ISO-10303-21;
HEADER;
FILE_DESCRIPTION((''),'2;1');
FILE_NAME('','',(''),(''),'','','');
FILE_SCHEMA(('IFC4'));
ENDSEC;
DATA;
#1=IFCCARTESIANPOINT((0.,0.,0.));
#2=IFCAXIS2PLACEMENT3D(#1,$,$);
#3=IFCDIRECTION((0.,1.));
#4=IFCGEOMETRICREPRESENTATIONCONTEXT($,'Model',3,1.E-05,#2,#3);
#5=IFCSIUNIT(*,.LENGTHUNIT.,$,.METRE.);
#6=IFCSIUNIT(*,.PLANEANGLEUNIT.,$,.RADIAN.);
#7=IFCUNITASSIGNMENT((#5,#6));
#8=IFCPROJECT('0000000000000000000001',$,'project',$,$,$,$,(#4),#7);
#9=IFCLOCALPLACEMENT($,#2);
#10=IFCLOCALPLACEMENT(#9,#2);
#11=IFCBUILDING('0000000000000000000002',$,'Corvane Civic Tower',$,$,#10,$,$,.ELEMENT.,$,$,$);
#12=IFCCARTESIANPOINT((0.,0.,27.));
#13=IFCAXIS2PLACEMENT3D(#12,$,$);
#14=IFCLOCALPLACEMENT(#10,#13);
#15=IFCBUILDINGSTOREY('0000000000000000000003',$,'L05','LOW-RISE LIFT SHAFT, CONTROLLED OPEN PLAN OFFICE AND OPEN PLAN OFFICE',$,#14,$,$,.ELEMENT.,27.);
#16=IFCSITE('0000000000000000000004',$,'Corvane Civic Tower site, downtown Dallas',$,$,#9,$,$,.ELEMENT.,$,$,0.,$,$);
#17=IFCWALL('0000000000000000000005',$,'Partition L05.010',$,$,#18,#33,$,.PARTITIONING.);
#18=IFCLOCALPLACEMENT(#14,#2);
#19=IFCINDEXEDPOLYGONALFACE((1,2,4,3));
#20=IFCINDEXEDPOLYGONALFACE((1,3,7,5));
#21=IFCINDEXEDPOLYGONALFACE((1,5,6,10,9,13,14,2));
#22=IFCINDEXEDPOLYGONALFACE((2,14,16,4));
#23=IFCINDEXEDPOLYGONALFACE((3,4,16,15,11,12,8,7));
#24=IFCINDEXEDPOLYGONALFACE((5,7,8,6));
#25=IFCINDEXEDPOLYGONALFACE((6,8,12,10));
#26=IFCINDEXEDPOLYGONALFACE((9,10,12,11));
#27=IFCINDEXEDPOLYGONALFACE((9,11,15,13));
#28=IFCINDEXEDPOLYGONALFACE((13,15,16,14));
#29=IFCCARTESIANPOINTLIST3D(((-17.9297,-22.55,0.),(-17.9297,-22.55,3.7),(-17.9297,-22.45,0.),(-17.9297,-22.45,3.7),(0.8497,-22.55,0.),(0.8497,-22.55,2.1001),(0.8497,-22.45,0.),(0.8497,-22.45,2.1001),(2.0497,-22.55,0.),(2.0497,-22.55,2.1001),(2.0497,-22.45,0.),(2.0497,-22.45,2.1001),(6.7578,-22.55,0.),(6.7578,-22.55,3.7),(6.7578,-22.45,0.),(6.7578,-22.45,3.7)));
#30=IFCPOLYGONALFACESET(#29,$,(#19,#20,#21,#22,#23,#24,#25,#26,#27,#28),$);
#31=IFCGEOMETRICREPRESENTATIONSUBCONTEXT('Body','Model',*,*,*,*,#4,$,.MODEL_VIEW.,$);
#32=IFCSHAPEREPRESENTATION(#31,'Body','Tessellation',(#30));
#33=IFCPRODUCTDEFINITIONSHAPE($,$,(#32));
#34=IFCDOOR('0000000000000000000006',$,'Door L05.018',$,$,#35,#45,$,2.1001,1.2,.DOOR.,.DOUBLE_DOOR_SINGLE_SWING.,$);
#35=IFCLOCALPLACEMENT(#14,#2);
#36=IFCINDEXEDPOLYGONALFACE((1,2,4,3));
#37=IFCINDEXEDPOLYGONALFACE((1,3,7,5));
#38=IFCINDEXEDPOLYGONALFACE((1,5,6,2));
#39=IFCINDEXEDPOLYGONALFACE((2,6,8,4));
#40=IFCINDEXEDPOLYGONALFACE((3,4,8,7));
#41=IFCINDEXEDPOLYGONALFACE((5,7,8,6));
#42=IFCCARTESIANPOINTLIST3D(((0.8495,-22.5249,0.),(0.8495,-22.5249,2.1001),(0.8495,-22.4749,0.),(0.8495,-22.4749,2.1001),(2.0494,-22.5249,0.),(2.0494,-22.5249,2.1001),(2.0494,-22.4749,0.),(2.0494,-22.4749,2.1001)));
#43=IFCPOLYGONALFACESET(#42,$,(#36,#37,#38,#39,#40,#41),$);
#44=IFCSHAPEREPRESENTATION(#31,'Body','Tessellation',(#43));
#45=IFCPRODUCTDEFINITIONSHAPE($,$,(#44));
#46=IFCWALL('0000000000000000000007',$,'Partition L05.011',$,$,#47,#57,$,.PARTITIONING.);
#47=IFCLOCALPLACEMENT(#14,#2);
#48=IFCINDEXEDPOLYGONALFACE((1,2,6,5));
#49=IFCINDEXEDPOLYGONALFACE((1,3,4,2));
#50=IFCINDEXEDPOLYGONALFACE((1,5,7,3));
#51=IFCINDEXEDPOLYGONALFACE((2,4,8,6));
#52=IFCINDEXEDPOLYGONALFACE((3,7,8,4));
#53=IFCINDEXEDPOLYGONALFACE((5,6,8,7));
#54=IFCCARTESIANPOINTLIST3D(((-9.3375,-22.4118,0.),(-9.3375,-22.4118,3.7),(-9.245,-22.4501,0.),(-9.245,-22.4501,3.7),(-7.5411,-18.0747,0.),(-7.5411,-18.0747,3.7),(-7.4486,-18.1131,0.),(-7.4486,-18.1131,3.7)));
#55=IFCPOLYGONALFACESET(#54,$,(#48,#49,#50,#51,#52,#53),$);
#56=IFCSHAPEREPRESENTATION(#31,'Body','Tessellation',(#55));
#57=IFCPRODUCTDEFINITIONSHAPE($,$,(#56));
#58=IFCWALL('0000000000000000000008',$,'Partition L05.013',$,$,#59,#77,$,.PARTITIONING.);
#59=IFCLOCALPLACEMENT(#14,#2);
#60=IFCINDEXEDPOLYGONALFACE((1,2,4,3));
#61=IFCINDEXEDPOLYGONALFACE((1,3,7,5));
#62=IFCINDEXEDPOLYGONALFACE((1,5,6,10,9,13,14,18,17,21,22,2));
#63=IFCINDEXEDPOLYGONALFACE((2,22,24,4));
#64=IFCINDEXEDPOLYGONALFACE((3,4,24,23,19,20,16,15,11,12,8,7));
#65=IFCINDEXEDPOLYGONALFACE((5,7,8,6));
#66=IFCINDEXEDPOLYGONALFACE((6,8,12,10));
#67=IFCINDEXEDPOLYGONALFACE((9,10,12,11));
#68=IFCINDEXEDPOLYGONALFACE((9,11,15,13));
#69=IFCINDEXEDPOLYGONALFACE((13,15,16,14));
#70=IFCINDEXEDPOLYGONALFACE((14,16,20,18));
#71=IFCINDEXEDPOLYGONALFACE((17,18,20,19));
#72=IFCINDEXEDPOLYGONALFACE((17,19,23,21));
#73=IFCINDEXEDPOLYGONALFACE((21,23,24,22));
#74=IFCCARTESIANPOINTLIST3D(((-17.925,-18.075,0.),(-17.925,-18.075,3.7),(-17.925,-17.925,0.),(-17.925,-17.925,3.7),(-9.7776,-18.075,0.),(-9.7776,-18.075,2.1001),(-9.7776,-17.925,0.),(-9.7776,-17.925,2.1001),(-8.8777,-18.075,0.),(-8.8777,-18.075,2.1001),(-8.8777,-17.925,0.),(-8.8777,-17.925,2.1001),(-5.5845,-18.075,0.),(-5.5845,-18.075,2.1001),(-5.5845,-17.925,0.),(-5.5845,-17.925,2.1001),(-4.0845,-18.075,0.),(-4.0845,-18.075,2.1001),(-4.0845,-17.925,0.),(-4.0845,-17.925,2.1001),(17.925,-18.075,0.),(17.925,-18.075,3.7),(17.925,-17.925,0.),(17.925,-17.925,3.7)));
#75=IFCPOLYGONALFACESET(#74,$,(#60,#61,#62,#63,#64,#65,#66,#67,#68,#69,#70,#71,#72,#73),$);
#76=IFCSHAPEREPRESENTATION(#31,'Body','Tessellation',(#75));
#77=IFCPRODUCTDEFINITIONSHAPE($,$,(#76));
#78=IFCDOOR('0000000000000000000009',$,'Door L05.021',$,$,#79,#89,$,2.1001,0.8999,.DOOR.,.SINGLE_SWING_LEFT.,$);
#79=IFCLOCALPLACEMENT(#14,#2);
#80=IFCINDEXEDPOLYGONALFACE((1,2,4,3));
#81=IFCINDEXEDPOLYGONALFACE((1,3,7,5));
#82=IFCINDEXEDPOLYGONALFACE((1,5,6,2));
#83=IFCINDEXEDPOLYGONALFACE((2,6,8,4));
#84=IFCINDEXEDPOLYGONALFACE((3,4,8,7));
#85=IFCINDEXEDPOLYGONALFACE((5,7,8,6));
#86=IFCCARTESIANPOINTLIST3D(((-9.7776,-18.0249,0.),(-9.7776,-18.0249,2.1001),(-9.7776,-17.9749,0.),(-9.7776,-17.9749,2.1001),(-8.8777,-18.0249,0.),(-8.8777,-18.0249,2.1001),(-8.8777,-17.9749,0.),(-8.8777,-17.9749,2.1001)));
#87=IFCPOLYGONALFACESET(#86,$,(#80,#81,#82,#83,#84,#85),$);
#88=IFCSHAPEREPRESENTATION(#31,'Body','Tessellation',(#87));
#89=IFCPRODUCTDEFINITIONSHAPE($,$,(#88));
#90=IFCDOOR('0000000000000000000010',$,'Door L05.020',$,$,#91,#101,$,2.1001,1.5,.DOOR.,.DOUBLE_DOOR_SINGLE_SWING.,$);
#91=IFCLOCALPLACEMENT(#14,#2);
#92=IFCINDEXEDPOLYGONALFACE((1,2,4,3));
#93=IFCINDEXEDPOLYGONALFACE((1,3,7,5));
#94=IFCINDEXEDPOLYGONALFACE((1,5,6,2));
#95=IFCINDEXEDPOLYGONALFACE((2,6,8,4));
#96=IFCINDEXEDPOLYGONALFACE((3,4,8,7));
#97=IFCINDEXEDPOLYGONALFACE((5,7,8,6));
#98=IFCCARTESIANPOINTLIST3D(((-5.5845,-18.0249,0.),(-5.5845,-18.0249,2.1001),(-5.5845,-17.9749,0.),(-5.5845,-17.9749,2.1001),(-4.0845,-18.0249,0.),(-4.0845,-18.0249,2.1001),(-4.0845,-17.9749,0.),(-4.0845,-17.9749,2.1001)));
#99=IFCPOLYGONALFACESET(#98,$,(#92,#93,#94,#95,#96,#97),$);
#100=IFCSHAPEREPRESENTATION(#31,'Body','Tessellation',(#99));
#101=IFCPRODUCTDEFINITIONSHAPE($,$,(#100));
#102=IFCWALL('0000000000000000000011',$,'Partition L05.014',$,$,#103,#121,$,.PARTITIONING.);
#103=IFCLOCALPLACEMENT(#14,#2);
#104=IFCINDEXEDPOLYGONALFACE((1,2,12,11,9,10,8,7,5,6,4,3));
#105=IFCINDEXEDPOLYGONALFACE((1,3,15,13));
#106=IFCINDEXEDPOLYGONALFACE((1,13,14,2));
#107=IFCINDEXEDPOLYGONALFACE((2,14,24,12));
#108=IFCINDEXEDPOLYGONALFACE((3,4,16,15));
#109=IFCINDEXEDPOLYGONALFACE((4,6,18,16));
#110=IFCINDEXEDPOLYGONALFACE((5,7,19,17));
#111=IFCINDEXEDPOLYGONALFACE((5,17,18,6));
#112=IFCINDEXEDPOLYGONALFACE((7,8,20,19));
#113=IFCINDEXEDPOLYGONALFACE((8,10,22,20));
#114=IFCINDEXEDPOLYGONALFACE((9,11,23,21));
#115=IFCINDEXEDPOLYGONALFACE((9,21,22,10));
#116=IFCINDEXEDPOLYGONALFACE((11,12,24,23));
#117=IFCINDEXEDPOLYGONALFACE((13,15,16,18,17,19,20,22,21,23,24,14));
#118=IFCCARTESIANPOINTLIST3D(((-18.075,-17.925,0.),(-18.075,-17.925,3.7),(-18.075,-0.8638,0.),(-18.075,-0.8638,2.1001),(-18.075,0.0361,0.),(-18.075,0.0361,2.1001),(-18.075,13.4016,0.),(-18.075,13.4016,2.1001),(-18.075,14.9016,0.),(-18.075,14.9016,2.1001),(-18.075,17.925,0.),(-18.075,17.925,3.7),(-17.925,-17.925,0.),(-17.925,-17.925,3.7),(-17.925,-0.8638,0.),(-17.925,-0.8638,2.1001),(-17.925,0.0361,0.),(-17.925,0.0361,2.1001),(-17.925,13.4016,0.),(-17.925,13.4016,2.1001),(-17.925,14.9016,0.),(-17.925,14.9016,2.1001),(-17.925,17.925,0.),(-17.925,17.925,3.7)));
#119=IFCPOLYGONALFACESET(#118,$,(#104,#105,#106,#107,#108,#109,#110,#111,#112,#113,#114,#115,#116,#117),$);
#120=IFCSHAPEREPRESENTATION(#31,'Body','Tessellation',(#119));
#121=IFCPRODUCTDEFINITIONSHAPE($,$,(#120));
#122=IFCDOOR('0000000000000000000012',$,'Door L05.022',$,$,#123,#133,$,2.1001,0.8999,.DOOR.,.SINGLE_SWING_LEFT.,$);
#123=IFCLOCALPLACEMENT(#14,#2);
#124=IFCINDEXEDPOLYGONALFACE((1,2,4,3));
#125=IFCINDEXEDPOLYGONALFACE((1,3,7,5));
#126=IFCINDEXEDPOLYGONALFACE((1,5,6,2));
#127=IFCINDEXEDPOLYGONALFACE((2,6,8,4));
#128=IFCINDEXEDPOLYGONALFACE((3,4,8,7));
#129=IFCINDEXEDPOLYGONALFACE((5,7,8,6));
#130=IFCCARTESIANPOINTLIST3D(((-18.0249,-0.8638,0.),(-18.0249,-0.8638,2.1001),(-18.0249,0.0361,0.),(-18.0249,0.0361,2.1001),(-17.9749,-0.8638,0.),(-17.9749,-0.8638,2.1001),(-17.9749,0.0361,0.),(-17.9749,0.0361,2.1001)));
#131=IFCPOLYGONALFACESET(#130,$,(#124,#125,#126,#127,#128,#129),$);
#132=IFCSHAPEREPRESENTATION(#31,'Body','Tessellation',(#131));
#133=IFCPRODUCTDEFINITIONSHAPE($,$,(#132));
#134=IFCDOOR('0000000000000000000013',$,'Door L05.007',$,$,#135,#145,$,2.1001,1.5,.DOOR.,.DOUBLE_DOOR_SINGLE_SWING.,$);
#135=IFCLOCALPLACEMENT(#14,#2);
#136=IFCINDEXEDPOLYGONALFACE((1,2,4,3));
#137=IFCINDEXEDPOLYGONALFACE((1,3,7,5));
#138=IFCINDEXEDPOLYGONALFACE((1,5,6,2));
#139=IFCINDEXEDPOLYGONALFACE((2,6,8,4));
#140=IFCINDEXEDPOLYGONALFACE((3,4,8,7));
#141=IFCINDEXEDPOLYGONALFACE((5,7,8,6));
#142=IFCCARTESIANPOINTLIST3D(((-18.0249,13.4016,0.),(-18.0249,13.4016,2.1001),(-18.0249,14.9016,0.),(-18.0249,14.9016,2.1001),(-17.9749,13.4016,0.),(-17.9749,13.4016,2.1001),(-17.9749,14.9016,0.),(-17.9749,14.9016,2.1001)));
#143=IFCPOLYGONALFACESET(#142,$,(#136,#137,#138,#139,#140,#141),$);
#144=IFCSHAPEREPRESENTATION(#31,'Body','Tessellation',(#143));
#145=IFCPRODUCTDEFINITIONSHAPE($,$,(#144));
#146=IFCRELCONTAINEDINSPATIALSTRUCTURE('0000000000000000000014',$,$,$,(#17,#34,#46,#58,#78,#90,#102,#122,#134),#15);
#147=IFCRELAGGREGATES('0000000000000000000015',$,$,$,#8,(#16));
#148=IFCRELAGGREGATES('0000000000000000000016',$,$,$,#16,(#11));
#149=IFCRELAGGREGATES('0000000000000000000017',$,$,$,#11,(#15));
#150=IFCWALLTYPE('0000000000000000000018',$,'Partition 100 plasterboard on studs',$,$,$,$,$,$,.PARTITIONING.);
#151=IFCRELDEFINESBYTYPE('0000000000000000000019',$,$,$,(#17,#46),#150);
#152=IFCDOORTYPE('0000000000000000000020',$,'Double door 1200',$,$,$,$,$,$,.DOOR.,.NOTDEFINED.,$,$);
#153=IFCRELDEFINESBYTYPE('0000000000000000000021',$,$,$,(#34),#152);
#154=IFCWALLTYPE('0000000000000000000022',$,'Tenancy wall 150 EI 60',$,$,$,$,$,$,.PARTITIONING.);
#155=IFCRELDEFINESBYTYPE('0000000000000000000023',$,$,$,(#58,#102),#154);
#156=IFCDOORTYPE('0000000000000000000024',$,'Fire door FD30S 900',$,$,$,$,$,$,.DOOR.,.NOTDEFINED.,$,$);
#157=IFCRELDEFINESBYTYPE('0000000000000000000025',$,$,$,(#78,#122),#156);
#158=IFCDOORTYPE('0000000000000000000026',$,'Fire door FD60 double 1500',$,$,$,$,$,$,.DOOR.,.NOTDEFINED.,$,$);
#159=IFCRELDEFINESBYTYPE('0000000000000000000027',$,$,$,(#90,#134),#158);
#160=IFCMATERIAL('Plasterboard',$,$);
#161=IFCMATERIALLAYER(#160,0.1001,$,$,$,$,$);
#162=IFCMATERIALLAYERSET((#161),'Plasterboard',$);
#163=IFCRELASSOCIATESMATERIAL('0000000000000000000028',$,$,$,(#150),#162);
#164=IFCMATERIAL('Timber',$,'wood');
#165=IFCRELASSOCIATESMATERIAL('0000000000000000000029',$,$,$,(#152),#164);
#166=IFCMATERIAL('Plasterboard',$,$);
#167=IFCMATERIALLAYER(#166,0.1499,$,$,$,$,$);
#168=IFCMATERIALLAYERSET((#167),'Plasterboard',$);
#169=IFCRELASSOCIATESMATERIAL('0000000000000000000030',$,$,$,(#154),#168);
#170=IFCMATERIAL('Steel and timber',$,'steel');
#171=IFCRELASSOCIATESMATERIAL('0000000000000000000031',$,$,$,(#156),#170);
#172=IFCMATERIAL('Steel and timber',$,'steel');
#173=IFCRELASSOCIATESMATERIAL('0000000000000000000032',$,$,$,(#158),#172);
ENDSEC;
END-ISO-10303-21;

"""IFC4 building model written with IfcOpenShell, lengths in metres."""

from ifc_helpers import new_model, si_unit, direction, frame, frame_2d, origin, place, context, subcontext, project, spatial, rectangle, extrude, material, layer, layer_set, type_object, element, fill, save


model = new_model("IFC4")

# Units and contexts
model_context = context("Model", 3, precision=1e-05, world=origin(), true_north=direction((0.0, 1.0)))
body_context = subcontext(model_context, "Body", "Model", "MODEL_VIEW")
ifc_project = project(units=[si_unit("LENGTHUNIT", "METRE"), si_unit("PLANEANGLEUNIT", "RADIAN")], contexts=[model_context])

# Site, building, storey
site_placement = place(None, origin())
site = spatial("IfcSite", under=ifc_project, at=site_placement, Name="Corvane Civic Tower site, downtown Dallas", CompositionType="ELEMENT", RefElevation=0.0)
building_placement = place(site_placement, origin())
building = spatial("IfcBuilding", under=site, at=building_placement, Name="Corvane Civic Tower", CompositionType="ELEMENT")
storey_placement = place(building_placement, frame((0.0, 0.0, 27.0)))
storey = spatial("IfcBuildingStorey", under=building, at=storey_placement, Name="L05", Description="LOW-RISE LIFT SHAFT, CONTROLLED OPEN PLAN OFFICE AND OPEN PLAN OFFICE", CompositionType="ELEMENT", Elevation=27.0)

# Shared definitions
ifc_material_1 = material(Name="Plasterboard")
ifc_layer_1 = layer(ifc_material_1, 0.1001)
ifc_layer_set_1 = layer_set([ifc_layer_1], Name="Plasterboard")
wall_type_1 = type_object("IfcWallType", Name="Partition 100 plasterboard on studs", PredefinedType="PARTITIONING", material=ifc_layer_set_1)

# Wall, opening, door
wall_1_placement = place(storey_placement, frame((-17.9297, -22.5, 0.0), z_axis=(0.0, 0.0, 1.0), x_axis=(1.0, 0.0, 0.0)))
wall_1 = element("IfcWall", 1, at=wall_1_placement, inside=storey, type_object=wall_type_1, Name="Partition L05.010", PredefinedType="PARTITIONING", context=body_context, shape_type="SweptSolid", body=[
    extrude(rectangle(XDim=24.6875, YDim=0.1001, at=frame_2d((12.3438, 0.0))), origin(), (0.0, 0.0, 1.0), 3.7),
])
opening_1_placement = place(wall_1_placement, frame((18.7793, 0.0, 0.0)))
opening_1 = element("IfcOpeningElement", 2, at=opening_1_placement, cuts=wall_1, PredefinedType="OPENING", context=body_context, shape_type="SweptSolid", body=[
    extrude(rectangle(XDim=1.2, YDim=2.1001, at=frame_2d((0.6001, 1.05))), frame((0.0, 0.0601, 0.0), z_axis=(0.0, -1.0, 0.0), x_axis=(1.0, 0.0, 0.0)), (0.0, 0.0, 1.0), 0.1201),
])
ifc_material_2 = material(Name="Timber", Category="wood")
door_type_1 = type_object("IfcDoorType", Name="Double door 1200", OperationType="NOTDEFINED", PredefinedType="DOOR", material=ifc_material_2)
door_1_placement = place(opening_1_placement, frame((1.2, 0.0, 0.0), z_axis=(0.0, 0.0, 1.0), x_axis=(-1.0, 0.0, 0.0)))
door_1 = element("IfcDoor", 3, at=door_1_placement, inside=storey, type_object=door_type_1, Name="Door L05.018", OperationType="DOUBLE_DOOR_SINGLE_SWING", OverallHeight=2.1001, OverallWidth=1.2, PredefinedType="DOOR", context=body_context, shape_type="SweptSolid", body=[
    extrude(rectangle(XDim=1.2, YDim=2.1001, at=frame_2d((0.6001, 1.05))), frame((0.0, 0.0249, 0.0), z_axis=(0.0, -1.0, 0.0), x_axis=(1.0, 0.0, 0.0)), (0.0, 0.0, 1.0), 0.05),
])
fill(opening_1, door_1)

# Wall
wall_2_placement = place(storey_placement, frame((-9.2913, -22.4309, 0.0), z_axis=(0.0, 0.0, 1.0), x_axis=(0.382679, 0.923881, 0.0)))
element("IfcWall", 4, at=wall_2_placement, inside=storey, type_object=wall_type_1, Name="Partition L05.011", PredefinedType="PARTITIONING", context=body_context, shape_type="SweptSolid", body=[
    extrude(rectangle(XDim=4.6943, YDim=0.1001, at=frame_2d((2.3472, 0.0))), origin(), (0.0, 0.0, 1.0), 3.7),
])

# Walls, openings, doors
ifc_material_3 = material(Name="Plasterboard")
ifc_layer_2 = layer(ifc_material_3, 0.1499)
ifc_layer_set_2 = layer_set([ifc_layer_2], Name="Plasterboard")
wall_type_2 = type_object("IfcWallType", Name="Tenancy wall 150 EI 60", PredefinedType="PARTITIONING", material=ifc_layer_set_2)
wall_3_placement = place(storey_placement, frame((-17.925, -18.0, 0.0), z_axis=(0.0, 0.0, 1.0), x_axis=(1.0, 0.0, 0.0)))
wall_3 = element("IfcWall", 5, at=wall_3_placement, inside=storey, type_object=wall_type_2, Name="Partition L05.013", PredefinedType="PARTITIONING", context=body_context, shape_type="SweptSolid", body=[
    extrude(rectangle(XDim=35.8501, YDim=0.1499, at=frame_2d((17.925, 0.0))), origin(), (0.0, 0.0, 1.0), 3.7),
])
opening_2_placement = place(wall_3_placement, frame((12.3406, 0.0, 0.0)))
opening_2 = element("IfcOpeningElement", 6, at=opening_2_placement, cuts=wall_3, PredefinedType="OPENING", context=body_context, shape_type="SweptSolid", body=[
    extrude(rectangle(XDim=1.5, YDim=2.1001, at=frame_2d((0.75, 1.05))), frame((0.0, 0.085, 0.0), z_axis=(0.0, -1.0, 0.0), x_axis=(1.0, 0.0, 0.0)), (0.0, 0.0, 1.0), 0.1699),
])
opening_3_placement = place(wall_3_placement, frame((8.1475, 0.0, 0.0)))
opening_3 = element("IfcOpeningElement", 7, at=opening_3_placement, cuts=wall_3, PredefinedType="OPENING", context=body_context, shape_type="SweptSolid", body=[
    extrude(rectangle(XDim=0.8999, YDim=2.1001, at=frame_2d((0.45, 1.05))), frame((0.0, 0.085, 0.0), z_axis=(0.0, -1.0, 0.0), x_axis=(1.0, 0.0, 0.0)), (0.0, 0.0, 1.0), 0.1699),
])
ifc_material_4 = material(Name="Steel and timber", Category="steel")
door_type_2 = type_object("IfcDoorType", Name="Fire door FD30S 900", OperationType="NOTDEFINED", PredefinedType="DOOR", material=ifc_material_4)
door_2_placement = place(opening_3_placement, frame((0.8999, 0.0, 0.0), z_axis=(0.0, 0.0, 1.0), x_axis=(-1.0, 0.0, 0.0)))
door_2 = element("IfcDoor", 8, at=door_2_placement, inside=storey, type_object=door_type_2, Name="Door L05.021", OperationType="SINGLE_SWING_LEFT", OverallHeight=2.1001, OverallWidth=0.8999, PredefinedType="DOOR", context=body_context, shape_type="SweptSolid", body=[
    extrude(rectangle(XDim=0.8999, YDim=2.1001, at=frame_2d((0.45, 1.05))), frame((0.0, 0.0249, 0.0), z_axis=(0.0, -1.0, 0.0), x_axis=(1.0, 0.0, 0.0)), (0.0, 0.0, 1.0), 0.05),
])
fill(opening_3, door_2)
ifc_material_5 = material(Name="Steel and timber", Category="steel")
door_type_3 = type_object("IfcDoorType", Name="Fire door FD60 double 1500", OperationType="NOTDEFINED", PredefinedType="DOOR", material=ifc_material_5)
door_3_placement = place(opening_2_placement, frame((1.5, 0.0, 0.0), z_axis=(0.0, 0.0, 1.0), x_axis=(-1.0, 0.0, 0.0)))
door_3 = element("IfcDoor", 9, at=door_3_placement, inside=storey, type_object=door_type_3, Name="Door L05.020", OperationType="DOUBLE_DOOR_SINGLE_SWING", OverallHeight=2.1001, OverallWidth=1.5, PredefinedType="DOOR", context=body_context, shape_type="SweptSolid", body=[
    extrude(rectangle(XDim=1.5, YDim=2.1001, at=frame_2d((0.75, 1.05))), frame((0.0, 0.0249, 0.0), z_axis=(0.0, -1.0, 0.0), x_axis=(1.0, 0.0, 0.0)), (0.0, 0.0, 1.0), 0.05),
])
fill(opening_2, door_3)
wall_4_placement = place(storey_placement, frame((-18.0, -17.925, 0.0), z_axis=(0.0, 0.0, 1.0), x_axis=(0.0, 1.0, 0.0)))
wall_4 = element("IfcWall", 10, at=wall_4_placement, inside=storey, type_object=wall_type_2, Name="Partition L05.014", PredefinedType="PARTITIONING", context=body_context, shape_type="SweptSolid", body=[
    extrude(rectangle(XDim=35.8501, YDim=0.1499, at=frame_2d((17.925, 0.0))), origin(), (0.0, 0.0, 1.0), 3.7),
])
opening_4_placement = place(wall_4_placement, frame((31.3267, 0.0, 0.0)))
opening_4 = element("IfcOpeningElement", 11, at=opening_4_placement, cuts=wall_4, PredefinedType="OPENING", context=body_context, shape_type="SweptSolid", body=[
    extrude(rectangle(XDim=1.5, YDim=2.1001, at=frame_2d((0.75, 1.05))), frame((0.0, 0.085, 0.0), z_axis=(0.0, -1.0, 0.0), x_axis=(1.0, 0.0, 0.0)), (0.0, 0.0, 1.0), 0.1699),
])
opening_5_placement = place(wall_4_placement, frame((17.0613, 0.0, 0.0)))
opening_5 = element("IfcOpeningElement", 12, at=opening_5_placement, cuts=wall_4, PredefinedType="OPENING", context=body_context, shape_type="SweptSolid", body=[
    extrude(rectangle(XDim=0.8999, YDim=2.1001, at=frame_2d((0.45, 1.05))), frame((0.0, 0.085, 0.0), z_axis=(0.0, -1.0, 0.0), x_axis=(1.0, 0.0, 0.0)), (0.0, 0.0, 1.0), 0.1699),
])
door_4_placement = place(opening_5_placement, origin())
door_4 = element("IfcDoor", 13, at=door_4_placement, inside=storey, type_object=door_type_2, Name="Door L05.022", OperationType="SINGLE_SWING_LEFT", OverallHeight=2.1001, OverallWidth=0.8999, PredefinedType="DOOR", context=body_context, shape_type="SweptSolid", body=[
    extrude(rectangle(XDim=0.8999, YDim=2.1001, at=frame_2d((0.45, 1.05))), frame((0.0, 0.0249, 0.0), z_axis=(0.0, -1.0, 0.0), x_axis=(1.0, 0.0, 0.0)), (0.0, 0.0, 1.0), 0.05),
])
fill(opening_5, door_4)
door_5_placement = place(opening_4_placement, origin())
door_5 = element("IfcDoor", 14, at=door_5_placement, inside=storey, type_object=door_type_3, Name="Door L05.007", OperationType="DOUBLE_DOOR_SINGLE_SWING", OverallHeight=2.1001, OverallWidth=1.5, PredefinedType="DOOR", context=body_context, shape_type="SweptSolid", body=[
    extrude(rectangle(XDim=1.5, YDim=2.1001, at=frame_2d((0.75, 1.05))), frame((0.0, 0.0249, 0.0), z_axis=(0.0, -1.0, 0.0), x_axis=(1.0, 0.0, 0.0)), (0.0, 0.0, 1.0), 0.05),
])
fill(opening_4, door_5)

save(model, "model.ifc")
